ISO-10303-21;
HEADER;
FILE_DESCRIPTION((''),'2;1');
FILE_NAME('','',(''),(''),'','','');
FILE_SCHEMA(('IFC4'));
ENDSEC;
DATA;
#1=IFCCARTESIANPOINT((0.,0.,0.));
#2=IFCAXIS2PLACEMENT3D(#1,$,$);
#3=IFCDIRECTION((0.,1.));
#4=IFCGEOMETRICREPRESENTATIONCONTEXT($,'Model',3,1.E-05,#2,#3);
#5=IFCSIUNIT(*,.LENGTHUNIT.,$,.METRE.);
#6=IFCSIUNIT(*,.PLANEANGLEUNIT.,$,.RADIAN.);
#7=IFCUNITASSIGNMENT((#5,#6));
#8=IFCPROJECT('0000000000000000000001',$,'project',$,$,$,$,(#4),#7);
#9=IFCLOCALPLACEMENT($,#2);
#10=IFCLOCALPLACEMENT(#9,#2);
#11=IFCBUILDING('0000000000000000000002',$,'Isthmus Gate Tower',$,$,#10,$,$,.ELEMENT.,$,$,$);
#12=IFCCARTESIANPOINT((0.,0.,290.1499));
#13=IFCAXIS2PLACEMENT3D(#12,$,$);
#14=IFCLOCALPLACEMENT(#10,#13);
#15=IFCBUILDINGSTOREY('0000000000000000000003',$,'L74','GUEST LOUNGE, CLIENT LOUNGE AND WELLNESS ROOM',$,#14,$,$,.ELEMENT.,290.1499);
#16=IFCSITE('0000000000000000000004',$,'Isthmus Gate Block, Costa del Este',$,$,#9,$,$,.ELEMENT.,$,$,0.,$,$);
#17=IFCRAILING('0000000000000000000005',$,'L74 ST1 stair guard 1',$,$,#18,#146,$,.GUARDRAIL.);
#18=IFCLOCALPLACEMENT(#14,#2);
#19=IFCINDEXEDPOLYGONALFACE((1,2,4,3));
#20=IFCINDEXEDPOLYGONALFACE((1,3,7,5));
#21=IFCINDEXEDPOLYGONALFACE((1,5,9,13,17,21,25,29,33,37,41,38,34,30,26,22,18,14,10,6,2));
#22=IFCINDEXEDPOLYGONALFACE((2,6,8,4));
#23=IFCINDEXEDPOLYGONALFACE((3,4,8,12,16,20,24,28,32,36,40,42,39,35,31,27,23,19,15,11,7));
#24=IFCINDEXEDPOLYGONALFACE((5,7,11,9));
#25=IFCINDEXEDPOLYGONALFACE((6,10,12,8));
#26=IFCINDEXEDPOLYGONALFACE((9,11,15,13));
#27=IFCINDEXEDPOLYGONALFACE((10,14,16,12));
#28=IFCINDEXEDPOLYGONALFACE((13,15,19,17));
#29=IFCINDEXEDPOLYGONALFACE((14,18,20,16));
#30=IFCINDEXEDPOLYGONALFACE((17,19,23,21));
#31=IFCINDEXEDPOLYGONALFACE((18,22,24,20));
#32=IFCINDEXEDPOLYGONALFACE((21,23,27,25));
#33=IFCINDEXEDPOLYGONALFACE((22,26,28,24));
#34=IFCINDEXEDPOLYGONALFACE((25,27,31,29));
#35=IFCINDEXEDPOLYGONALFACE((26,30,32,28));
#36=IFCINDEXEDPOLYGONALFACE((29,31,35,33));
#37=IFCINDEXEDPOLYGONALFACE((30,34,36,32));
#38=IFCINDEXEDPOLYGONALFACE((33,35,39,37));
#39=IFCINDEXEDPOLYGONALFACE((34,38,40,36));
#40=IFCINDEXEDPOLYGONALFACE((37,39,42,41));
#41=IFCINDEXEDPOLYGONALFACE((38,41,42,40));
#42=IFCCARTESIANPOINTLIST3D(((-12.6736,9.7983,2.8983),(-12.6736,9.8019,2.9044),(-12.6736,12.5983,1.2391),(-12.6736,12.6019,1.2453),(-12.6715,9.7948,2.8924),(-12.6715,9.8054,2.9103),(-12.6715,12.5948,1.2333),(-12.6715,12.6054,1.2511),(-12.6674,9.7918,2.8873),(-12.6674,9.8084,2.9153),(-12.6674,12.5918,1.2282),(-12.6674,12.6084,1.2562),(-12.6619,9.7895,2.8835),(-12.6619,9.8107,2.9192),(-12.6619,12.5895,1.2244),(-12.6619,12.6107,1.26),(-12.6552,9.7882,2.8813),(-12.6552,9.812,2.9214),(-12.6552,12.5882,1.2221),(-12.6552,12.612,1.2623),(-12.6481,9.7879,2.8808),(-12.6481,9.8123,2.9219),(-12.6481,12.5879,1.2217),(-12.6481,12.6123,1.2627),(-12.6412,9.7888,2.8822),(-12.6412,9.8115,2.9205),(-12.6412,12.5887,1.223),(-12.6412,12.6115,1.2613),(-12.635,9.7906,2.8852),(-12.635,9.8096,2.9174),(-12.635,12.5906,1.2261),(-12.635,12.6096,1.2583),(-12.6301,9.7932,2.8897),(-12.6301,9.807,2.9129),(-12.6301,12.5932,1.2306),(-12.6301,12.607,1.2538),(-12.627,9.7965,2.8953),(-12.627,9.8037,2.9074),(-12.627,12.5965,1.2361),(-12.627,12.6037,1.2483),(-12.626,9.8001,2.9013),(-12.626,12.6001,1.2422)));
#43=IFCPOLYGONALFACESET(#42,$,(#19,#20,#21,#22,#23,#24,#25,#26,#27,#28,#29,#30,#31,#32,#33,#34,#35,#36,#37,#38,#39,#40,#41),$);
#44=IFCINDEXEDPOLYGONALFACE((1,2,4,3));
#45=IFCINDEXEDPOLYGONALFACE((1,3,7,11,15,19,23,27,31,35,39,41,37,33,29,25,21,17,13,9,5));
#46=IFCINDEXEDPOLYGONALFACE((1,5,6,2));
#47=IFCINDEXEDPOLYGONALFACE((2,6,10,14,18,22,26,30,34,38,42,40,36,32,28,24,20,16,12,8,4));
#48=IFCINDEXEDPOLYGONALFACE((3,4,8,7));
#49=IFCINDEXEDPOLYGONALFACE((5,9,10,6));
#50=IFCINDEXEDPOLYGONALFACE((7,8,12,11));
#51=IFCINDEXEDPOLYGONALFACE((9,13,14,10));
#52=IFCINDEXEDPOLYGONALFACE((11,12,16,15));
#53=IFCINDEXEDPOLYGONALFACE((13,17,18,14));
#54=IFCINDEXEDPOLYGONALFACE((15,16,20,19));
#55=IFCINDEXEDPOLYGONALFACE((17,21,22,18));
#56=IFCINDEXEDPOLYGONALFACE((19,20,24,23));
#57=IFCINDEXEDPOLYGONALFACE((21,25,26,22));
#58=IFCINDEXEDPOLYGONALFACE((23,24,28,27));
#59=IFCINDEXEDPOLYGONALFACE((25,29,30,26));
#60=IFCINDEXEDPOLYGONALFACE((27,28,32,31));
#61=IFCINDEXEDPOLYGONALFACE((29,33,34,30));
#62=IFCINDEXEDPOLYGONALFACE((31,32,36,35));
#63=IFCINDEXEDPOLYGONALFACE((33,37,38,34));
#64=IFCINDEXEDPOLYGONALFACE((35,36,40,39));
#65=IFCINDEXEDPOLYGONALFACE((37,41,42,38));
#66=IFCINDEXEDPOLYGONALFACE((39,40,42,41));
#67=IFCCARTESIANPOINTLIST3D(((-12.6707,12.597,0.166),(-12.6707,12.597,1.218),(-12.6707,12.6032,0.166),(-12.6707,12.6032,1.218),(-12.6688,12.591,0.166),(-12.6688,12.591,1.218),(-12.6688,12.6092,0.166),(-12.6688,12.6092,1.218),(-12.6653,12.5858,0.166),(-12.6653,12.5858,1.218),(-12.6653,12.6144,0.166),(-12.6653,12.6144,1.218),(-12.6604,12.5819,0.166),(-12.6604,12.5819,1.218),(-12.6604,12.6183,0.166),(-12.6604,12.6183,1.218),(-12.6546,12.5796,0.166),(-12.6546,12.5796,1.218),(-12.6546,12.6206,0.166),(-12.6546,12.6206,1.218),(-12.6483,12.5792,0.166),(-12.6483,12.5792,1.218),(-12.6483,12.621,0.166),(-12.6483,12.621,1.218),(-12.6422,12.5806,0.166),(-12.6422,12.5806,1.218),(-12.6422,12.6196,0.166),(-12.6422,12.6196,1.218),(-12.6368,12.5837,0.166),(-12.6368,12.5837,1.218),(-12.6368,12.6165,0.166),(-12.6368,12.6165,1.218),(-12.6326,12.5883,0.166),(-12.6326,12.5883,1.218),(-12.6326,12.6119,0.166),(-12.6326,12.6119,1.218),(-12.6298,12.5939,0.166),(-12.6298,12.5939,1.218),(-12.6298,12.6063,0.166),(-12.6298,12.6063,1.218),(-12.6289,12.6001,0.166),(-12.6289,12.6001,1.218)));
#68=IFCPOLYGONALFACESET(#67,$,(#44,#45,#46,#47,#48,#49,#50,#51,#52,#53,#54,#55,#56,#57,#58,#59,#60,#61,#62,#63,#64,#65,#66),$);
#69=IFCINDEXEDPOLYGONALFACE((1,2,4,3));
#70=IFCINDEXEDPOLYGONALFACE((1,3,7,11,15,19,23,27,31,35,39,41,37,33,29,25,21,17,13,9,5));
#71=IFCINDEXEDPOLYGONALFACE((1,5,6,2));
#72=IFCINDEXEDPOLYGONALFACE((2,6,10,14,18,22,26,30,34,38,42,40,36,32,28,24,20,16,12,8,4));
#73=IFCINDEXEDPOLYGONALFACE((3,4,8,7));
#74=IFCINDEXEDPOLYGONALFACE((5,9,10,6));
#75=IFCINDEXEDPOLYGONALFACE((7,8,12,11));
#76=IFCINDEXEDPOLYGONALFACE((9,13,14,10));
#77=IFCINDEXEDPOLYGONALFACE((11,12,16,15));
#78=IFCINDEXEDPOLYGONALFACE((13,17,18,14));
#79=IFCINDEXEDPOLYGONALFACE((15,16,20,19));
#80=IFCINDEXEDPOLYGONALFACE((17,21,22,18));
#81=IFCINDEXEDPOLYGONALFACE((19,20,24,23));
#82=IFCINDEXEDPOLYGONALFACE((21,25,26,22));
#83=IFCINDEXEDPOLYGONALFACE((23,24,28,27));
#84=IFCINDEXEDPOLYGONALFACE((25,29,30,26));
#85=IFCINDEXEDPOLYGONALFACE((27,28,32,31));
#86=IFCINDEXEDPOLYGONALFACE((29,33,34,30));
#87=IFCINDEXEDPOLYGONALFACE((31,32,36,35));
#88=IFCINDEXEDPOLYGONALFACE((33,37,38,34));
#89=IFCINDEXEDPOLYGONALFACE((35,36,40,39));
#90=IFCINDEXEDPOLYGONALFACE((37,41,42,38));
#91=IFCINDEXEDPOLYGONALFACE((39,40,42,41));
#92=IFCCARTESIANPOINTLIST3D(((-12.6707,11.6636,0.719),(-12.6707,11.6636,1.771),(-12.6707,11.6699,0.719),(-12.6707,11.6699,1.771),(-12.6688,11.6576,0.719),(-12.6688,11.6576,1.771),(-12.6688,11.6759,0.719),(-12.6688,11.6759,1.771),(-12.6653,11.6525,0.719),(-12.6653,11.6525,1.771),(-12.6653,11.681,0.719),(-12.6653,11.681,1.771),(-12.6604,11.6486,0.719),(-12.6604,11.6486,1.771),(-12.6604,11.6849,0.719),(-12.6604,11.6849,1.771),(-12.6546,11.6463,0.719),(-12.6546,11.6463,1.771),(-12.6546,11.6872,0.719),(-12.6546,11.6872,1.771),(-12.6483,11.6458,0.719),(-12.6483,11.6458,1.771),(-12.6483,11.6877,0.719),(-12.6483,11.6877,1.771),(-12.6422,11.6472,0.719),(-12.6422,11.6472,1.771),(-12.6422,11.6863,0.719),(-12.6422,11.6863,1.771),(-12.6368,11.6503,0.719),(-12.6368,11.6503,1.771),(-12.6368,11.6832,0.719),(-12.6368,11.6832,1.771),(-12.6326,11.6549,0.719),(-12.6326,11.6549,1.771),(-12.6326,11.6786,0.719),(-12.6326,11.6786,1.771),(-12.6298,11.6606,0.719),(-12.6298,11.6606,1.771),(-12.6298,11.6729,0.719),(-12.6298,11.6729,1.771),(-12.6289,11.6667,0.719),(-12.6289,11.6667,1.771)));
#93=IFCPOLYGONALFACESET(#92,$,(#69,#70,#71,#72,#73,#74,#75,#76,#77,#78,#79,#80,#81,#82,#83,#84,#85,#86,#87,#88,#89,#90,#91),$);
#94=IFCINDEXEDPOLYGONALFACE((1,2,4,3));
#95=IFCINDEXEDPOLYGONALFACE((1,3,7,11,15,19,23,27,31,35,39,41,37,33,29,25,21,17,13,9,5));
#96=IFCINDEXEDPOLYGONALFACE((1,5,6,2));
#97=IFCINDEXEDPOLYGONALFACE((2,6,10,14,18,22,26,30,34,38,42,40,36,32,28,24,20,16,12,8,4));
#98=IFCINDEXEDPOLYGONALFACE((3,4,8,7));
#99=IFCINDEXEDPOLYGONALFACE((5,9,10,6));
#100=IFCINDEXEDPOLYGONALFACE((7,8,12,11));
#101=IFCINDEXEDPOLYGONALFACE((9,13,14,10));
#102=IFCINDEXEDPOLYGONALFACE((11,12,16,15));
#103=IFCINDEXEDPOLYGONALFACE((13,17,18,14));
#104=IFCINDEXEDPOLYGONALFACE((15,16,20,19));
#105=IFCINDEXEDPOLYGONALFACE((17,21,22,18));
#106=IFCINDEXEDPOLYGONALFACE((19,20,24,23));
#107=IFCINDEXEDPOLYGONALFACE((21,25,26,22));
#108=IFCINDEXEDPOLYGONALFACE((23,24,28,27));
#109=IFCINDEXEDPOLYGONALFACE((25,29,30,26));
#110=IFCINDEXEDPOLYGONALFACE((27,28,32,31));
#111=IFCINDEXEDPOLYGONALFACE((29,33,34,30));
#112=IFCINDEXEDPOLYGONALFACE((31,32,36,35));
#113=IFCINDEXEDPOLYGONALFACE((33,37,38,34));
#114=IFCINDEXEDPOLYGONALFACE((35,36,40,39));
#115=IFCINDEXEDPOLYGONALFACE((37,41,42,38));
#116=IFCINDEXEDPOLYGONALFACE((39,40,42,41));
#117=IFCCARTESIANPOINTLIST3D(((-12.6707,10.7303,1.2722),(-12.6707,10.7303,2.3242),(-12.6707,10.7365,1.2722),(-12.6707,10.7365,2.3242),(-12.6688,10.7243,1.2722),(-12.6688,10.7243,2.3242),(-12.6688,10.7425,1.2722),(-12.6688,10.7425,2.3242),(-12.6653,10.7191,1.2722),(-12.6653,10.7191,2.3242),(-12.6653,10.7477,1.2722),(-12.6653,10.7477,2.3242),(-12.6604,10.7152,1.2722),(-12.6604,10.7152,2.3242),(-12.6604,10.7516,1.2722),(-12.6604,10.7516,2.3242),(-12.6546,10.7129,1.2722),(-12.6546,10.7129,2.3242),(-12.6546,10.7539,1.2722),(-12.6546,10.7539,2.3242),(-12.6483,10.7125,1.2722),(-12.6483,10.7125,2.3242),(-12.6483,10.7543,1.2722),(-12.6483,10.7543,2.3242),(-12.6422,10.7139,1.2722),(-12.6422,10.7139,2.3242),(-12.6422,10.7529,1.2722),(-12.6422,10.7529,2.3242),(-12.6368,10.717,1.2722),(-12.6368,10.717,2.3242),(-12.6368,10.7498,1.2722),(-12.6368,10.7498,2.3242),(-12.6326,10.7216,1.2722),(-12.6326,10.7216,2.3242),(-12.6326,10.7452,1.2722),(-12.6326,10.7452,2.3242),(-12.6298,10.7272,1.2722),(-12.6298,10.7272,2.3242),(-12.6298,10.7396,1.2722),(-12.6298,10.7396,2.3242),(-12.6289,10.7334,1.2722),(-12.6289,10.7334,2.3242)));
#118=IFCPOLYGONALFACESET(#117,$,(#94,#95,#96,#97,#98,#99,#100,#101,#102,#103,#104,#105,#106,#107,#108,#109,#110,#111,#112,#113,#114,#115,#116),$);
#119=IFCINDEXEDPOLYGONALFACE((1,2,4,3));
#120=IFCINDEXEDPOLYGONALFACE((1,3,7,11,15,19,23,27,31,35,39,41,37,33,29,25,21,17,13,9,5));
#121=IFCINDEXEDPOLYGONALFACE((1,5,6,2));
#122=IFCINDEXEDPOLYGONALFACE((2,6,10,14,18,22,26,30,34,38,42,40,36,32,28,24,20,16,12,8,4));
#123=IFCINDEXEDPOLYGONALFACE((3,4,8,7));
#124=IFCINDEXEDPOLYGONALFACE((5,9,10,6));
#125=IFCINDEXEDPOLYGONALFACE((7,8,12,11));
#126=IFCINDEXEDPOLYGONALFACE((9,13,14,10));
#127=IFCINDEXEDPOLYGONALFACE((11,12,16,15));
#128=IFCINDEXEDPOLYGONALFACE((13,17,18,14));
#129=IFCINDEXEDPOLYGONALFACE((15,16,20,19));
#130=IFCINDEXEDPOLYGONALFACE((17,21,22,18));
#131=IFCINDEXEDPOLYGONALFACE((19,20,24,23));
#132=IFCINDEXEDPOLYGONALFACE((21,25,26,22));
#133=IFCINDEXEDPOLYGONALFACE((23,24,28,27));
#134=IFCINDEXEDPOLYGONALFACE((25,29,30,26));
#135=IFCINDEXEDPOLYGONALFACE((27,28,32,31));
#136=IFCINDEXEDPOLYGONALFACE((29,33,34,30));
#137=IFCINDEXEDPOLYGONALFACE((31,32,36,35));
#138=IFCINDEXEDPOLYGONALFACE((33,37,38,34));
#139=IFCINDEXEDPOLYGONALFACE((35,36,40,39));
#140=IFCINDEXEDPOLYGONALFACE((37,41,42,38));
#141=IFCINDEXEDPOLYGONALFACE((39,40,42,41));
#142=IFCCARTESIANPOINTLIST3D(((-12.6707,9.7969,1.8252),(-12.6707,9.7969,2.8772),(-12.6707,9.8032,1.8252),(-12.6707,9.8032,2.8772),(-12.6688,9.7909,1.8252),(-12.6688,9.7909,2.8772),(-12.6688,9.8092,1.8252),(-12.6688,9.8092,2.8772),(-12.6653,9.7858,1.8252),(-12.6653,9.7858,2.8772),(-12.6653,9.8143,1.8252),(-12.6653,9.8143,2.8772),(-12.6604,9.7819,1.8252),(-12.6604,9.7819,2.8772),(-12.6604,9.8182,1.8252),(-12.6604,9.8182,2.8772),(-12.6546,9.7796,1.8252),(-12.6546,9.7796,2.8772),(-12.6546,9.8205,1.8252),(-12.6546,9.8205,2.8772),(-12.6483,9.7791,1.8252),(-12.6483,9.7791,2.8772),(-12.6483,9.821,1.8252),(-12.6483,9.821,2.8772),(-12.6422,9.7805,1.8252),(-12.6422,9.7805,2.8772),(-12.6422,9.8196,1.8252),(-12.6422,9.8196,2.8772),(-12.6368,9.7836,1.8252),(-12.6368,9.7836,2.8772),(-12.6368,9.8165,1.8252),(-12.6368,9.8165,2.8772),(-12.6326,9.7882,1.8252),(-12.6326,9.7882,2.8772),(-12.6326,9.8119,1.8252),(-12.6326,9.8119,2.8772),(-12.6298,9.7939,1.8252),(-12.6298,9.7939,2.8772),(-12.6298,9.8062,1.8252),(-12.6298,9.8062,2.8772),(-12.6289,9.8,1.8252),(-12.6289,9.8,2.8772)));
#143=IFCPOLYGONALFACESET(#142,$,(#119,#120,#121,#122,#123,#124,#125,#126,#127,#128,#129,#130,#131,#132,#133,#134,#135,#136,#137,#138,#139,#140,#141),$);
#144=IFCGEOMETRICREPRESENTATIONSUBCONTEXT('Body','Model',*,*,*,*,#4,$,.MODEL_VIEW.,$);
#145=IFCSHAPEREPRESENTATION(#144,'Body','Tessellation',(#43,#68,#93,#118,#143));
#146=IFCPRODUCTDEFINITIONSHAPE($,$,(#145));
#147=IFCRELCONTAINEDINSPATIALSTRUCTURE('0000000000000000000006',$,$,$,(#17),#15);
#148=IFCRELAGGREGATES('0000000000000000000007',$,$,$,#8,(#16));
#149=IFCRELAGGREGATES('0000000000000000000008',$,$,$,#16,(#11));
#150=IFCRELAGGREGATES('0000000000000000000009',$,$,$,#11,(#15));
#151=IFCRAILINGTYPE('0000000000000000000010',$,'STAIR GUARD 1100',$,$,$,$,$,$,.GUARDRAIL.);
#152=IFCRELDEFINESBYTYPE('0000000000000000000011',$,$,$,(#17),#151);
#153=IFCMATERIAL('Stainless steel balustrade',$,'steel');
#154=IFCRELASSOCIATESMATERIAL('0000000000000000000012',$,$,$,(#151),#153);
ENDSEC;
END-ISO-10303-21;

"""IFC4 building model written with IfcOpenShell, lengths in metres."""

from ifc_helpers import new_model, si_unit, direction, frame, origin, origin_2d, place, context, subcontext, project, spatial, circle, extrude, material, type_object, element, save


model = new_model("IFC4")

# Units and contexts
model_context = context("Model", 3, precision=1e-05, world=origin(), true_north=direction((0.0, 1.0)))
body_context = subcontext(model_context, "Body", "Model", "MODEL_VIEW")
ifc_project = project(units=[si_unit("LENGTHUNIT", "METRE"), si_unit("PLANEANGLEUNIT", "RADIAN")], contexts=[model_context])

# Site, building, storey
site_placement = place(None, origin())
site = spatial("IfcSite", under=ifc_project, at=site_placement, Name="Isthmus Gate Block, Costa del Este", CompositionType="ELEMENT", RefElevation=0.0)
building_placement = place(site_placement, origin())
building = spatial("IfcBuilding", under=site, at=building_placement, Name="Isthmus Gate Tower", CompositionType="ELEMENT")
storey_placement = place(building_placement, frame((0.0, 0.0, 290.1499)))
storey = spatial("IfcBuildingStorey", under=building, at=storey_placement, Name="L74", Description="GUEST LOUNGE, CLIENT LOUNGE AND WELLNESS ROOM", CompositionType="ELEMENT", Elevation=290.1499)

# Railing
ifc_material_1 = material(Name="Stainless steel balustrade", Category="steel")
railing_type_1 = type_object("IfcRailingType", Name="STAIR GUARD 1100", PredefinedType="GUARDRAIL", material=ifc_material_1)
railing_1_placement = place(storey_placement, frame((-12.6499, 12.6001, 0.166)))
element("IfcRailing", 1, at=railing_1_placement, inside=storey, type_object=railing_type_1, Name="L74 ST1 stair guard 1", PredefinedType="GUARDRAIL", context=body_context, shape_type="SweptSolid", body=[
    extrude(circle(Radius=0.0239, at=origin_2d()), frame((0.0, 0.0, 1.0762), z_axis=(0.0, -0.860306, 0.509778), x_axis=(1.0, 0.0, 0.0)), (0.0, 0.0, 1.0), 3.2546),
    extrude(circle(Radius=0.021, at=origin_2d()), origin(), (0.0, 0.0, 1.0), 1.052),
    extrude(circle(Radius=0.021, at=origin_2d()), frame((0.0, -0.9333, 0.553)), (0.0, 0.0, 1.0), 1.052),
    extrude(circle(Radius=0.021, at=origin_2d()), frame((0.0, -1.8667, 1.1062)), (0.0, 0.0, 1.0), 1.052),
    extrude(circle(Radius=0.021, at=origin_2d()), frame((0.0, -2.8, 1.6592)), (0.0, 0.0, 1.0), 1.052),
])

save(model, "model.ifc")
